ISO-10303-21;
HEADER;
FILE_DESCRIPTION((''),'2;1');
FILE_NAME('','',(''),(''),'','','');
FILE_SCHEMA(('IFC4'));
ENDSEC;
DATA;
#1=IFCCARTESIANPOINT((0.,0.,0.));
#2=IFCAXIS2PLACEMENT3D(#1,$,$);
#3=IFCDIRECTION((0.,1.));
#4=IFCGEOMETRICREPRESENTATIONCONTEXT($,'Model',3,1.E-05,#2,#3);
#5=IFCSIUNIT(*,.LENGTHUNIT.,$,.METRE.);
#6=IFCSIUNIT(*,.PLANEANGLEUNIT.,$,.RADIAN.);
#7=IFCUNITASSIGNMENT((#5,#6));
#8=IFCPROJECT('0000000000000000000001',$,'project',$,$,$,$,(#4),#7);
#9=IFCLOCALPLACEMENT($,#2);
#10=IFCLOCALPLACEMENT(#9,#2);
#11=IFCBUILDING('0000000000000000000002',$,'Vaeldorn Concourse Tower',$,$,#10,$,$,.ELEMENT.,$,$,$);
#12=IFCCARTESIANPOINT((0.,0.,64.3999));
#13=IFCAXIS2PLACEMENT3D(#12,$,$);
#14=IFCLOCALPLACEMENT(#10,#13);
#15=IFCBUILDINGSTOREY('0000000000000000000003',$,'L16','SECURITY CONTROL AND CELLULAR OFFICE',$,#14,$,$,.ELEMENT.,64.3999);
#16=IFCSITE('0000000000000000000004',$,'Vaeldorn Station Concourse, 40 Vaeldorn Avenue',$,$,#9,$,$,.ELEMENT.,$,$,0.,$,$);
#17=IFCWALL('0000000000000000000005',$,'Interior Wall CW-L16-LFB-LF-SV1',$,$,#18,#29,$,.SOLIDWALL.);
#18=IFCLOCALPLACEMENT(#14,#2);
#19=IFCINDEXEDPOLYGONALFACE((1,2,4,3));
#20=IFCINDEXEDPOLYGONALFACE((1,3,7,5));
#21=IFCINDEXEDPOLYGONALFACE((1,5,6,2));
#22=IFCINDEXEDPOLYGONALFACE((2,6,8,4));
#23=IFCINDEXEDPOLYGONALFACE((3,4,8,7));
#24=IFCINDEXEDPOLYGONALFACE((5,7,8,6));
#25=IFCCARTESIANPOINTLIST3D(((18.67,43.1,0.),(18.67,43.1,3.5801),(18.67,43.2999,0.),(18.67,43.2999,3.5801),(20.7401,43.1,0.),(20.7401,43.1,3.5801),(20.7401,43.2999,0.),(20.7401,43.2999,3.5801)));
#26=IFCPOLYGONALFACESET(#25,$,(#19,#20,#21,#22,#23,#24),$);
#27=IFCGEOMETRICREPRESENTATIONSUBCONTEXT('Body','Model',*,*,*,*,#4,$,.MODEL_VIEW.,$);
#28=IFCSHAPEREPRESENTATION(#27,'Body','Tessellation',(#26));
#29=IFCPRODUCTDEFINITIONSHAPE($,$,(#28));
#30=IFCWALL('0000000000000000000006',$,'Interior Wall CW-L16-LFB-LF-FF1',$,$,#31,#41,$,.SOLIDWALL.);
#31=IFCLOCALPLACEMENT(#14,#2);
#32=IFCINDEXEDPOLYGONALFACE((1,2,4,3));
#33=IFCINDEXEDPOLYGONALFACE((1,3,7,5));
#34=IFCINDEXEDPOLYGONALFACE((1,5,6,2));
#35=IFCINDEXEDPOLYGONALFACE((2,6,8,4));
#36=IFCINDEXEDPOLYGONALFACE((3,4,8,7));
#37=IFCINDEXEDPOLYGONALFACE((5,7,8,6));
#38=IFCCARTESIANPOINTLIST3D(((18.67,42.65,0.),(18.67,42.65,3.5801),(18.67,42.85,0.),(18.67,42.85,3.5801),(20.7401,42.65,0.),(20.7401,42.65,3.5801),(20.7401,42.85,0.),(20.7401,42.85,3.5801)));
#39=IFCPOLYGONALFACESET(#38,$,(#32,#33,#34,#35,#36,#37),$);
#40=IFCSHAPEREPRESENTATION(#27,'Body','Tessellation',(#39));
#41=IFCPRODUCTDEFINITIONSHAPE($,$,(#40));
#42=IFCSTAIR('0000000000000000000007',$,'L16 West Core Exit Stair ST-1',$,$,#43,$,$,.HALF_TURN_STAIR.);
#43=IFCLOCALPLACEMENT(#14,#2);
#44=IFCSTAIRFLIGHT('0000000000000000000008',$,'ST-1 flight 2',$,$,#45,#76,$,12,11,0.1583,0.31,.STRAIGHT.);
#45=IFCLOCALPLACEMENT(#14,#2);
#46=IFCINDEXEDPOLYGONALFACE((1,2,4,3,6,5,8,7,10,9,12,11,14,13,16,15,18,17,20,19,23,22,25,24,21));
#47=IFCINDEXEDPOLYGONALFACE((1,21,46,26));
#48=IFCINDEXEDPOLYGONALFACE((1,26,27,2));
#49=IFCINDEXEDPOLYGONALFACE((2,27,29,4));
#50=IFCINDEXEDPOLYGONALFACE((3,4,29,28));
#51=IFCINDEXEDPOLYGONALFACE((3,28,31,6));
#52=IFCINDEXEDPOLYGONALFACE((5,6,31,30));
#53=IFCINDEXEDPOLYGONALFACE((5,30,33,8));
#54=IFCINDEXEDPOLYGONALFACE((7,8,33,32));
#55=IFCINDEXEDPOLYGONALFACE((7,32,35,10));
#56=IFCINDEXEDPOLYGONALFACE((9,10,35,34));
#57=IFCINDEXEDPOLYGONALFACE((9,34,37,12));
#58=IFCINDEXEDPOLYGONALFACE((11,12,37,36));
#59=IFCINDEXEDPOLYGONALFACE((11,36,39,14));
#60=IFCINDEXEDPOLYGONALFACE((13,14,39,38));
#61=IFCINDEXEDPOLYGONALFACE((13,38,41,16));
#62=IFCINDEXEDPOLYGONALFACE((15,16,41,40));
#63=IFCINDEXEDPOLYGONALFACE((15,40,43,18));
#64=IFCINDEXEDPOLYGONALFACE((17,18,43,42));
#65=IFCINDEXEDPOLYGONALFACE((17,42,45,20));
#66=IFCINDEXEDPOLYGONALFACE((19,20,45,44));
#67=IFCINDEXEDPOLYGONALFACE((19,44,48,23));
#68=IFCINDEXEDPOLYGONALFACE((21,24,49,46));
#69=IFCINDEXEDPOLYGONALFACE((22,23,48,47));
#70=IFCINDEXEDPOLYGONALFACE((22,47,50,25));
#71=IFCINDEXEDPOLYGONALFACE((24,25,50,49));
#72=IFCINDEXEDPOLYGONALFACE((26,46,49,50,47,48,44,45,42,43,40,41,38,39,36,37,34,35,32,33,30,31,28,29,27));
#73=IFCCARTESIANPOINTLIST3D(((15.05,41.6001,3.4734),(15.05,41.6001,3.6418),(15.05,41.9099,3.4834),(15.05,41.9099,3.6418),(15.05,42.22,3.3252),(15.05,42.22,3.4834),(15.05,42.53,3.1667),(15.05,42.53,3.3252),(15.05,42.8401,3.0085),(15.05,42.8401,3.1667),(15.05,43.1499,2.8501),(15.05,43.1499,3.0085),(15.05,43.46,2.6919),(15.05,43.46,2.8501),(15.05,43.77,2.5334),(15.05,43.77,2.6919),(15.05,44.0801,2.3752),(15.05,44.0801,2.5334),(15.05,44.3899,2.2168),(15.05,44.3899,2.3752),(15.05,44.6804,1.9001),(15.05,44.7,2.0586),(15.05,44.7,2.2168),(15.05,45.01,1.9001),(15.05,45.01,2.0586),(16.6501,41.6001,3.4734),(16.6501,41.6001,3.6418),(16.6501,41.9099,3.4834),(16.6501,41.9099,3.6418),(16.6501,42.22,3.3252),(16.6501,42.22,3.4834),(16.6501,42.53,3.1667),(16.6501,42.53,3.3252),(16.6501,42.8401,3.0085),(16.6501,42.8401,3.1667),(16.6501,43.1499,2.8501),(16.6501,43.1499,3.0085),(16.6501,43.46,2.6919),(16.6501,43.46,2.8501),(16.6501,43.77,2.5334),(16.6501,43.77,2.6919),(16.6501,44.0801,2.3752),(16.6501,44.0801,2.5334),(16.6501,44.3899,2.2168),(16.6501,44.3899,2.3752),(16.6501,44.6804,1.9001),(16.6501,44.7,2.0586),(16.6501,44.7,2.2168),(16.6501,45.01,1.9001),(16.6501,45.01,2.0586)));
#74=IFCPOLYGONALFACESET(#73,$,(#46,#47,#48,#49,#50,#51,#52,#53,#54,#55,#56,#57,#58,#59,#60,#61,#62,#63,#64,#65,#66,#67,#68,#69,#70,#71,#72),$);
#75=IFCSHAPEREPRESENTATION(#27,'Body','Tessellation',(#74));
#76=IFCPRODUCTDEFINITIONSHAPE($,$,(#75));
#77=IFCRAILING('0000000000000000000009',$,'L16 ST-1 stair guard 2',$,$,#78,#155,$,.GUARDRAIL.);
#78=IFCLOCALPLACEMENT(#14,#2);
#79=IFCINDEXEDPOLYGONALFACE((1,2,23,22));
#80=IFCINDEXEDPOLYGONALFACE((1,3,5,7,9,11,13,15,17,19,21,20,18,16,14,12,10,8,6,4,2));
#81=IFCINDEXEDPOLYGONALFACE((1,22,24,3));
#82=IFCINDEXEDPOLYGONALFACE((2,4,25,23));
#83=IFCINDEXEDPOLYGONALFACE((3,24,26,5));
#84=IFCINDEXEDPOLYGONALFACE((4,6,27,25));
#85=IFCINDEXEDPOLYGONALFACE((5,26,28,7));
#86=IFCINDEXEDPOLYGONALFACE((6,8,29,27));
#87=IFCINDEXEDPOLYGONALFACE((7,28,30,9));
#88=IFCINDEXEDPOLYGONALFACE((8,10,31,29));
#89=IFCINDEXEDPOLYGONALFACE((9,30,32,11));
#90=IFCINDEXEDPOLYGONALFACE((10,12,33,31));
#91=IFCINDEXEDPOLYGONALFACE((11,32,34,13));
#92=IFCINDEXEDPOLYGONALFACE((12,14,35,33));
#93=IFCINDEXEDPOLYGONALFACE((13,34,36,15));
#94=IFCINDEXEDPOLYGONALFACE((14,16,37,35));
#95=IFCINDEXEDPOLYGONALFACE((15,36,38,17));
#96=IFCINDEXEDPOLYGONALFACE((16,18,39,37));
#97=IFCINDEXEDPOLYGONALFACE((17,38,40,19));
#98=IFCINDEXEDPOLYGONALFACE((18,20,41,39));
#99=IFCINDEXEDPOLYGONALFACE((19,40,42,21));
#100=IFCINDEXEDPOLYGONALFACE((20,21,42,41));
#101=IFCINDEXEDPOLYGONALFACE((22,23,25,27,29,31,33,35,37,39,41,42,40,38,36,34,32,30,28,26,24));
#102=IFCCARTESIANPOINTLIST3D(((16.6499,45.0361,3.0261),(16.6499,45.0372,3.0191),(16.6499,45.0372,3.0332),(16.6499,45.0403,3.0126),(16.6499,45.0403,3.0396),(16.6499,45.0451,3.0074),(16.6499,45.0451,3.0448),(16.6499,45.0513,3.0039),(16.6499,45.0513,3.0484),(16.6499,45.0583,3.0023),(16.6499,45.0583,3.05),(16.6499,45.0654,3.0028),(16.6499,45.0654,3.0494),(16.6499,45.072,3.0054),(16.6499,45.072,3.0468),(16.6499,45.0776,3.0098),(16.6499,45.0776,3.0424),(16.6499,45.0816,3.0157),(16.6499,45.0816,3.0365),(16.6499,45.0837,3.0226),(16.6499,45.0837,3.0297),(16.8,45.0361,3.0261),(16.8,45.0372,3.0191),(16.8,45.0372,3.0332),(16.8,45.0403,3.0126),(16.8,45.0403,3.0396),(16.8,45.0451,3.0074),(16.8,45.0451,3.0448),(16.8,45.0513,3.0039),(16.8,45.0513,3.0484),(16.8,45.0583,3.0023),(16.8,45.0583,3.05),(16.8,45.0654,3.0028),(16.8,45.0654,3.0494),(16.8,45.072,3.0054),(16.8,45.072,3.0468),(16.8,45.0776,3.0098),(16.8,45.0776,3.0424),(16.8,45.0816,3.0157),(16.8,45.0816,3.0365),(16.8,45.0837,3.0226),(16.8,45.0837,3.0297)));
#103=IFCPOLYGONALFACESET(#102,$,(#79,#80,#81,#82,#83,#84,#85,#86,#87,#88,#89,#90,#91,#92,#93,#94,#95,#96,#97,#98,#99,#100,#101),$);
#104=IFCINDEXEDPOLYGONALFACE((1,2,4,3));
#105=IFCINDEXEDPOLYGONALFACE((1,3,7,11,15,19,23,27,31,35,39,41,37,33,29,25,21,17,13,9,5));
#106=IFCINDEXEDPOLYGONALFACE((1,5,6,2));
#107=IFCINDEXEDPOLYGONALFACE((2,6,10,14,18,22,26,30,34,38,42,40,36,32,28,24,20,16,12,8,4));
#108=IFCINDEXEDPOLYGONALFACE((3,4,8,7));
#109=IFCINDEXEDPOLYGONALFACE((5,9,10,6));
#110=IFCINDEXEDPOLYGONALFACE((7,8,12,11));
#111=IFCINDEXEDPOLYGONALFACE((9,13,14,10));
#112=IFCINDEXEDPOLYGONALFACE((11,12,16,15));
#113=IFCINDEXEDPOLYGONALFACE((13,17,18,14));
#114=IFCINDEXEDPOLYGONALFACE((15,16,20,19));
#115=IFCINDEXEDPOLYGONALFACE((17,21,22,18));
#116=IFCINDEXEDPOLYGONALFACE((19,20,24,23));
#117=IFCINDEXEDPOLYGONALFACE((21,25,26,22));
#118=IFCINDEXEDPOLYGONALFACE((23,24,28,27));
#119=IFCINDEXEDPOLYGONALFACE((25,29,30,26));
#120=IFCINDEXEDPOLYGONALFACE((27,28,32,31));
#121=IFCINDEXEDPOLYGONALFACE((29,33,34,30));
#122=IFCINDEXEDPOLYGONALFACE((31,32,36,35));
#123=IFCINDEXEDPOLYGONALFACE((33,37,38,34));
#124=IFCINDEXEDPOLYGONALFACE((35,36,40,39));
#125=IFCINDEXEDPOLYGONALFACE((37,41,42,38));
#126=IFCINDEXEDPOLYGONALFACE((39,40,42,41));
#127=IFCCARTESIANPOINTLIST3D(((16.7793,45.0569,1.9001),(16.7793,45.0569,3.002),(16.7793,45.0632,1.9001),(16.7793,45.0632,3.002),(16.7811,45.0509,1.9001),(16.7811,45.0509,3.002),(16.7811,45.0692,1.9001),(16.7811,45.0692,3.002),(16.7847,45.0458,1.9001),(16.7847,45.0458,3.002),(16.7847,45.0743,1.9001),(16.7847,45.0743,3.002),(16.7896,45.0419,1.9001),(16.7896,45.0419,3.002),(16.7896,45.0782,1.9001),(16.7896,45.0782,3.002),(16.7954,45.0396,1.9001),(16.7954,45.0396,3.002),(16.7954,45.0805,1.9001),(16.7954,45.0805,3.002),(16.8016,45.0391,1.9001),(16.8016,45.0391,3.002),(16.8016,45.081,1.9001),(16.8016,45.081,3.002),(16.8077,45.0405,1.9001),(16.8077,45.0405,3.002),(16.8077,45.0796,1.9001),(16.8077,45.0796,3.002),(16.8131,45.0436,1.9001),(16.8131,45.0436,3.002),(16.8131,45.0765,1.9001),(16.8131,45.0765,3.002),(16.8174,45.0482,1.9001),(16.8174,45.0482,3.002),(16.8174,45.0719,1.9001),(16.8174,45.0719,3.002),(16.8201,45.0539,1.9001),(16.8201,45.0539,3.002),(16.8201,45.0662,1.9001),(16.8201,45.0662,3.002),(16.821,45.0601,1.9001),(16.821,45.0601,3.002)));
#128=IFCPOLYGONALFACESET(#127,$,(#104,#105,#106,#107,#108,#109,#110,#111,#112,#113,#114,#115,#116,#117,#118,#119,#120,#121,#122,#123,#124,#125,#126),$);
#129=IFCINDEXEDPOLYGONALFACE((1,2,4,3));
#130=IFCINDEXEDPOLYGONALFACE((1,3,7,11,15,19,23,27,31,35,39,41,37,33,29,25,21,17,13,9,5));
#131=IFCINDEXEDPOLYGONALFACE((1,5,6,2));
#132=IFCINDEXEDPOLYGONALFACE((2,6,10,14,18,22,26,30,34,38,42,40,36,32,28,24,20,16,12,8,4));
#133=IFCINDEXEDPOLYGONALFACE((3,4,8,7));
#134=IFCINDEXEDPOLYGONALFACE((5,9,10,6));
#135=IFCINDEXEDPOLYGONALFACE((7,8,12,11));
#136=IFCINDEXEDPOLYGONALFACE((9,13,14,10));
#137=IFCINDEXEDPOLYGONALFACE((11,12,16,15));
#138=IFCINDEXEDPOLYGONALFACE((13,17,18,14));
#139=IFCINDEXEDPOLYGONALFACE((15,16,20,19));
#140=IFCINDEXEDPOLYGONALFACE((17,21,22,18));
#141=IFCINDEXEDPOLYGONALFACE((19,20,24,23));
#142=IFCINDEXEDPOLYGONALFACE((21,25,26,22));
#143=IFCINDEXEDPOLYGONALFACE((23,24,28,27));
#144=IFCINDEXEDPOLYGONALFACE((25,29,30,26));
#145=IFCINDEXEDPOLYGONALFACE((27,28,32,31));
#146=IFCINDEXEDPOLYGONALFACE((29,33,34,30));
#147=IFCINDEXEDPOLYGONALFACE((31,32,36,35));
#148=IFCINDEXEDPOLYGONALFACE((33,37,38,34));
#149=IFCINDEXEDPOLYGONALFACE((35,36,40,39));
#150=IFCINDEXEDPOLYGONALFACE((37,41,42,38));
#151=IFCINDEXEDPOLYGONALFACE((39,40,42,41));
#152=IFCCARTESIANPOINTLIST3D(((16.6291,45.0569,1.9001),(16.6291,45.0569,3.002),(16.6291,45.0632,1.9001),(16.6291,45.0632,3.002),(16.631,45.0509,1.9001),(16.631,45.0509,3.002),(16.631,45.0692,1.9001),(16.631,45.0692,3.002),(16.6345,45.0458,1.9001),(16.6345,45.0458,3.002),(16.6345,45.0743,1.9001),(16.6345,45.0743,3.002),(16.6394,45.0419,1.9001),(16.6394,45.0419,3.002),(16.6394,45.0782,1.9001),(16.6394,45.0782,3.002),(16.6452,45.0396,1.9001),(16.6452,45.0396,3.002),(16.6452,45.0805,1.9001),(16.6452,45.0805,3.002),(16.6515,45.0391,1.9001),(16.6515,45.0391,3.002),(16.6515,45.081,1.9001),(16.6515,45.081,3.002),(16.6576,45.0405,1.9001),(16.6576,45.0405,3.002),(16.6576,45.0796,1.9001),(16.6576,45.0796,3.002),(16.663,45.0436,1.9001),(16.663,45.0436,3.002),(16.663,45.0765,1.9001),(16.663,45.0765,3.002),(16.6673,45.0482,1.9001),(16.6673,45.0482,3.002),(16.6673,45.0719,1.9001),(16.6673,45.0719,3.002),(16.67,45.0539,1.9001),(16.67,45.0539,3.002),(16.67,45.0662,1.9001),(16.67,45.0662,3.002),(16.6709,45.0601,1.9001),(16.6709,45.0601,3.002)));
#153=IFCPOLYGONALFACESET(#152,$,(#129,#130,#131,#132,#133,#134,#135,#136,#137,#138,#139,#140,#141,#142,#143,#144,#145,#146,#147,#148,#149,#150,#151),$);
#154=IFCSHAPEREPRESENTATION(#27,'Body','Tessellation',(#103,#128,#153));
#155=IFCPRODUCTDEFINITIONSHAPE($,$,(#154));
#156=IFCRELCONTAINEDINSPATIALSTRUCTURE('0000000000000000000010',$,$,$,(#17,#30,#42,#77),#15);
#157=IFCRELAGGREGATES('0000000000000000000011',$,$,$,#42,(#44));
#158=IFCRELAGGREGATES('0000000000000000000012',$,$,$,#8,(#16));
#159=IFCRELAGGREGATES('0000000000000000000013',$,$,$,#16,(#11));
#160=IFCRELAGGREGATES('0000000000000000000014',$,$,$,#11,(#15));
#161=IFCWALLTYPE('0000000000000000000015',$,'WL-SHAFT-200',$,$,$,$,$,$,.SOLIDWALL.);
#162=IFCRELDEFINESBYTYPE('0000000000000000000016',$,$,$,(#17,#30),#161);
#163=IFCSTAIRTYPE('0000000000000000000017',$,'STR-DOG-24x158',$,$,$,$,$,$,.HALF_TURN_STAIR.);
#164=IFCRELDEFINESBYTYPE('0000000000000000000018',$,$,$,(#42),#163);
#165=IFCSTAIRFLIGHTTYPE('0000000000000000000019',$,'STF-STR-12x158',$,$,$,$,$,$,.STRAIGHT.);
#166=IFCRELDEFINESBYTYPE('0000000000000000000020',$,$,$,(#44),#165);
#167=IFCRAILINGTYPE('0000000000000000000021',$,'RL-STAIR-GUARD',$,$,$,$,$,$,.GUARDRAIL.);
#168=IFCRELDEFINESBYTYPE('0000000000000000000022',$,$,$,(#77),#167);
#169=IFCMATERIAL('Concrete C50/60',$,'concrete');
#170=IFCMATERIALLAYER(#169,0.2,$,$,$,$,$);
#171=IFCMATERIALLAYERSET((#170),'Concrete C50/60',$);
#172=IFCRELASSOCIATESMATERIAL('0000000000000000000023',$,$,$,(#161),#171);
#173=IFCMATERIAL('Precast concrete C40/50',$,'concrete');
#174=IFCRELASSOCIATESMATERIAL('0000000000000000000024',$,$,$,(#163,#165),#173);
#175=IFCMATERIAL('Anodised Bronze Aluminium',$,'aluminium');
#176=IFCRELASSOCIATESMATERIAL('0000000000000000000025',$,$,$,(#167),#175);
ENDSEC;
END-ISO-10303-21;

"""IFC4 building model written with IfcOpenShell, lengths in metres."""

from ifc_helpers import new_model, si_unit, direction, frame, frame_2d, origin, origin_2d, place, context, subcontext, project, spatial, polyline, rectangle, circle, outline, extrude, material, layer, layer_set, type_object, element, aggregate, save


model = new_model("IFC4")

# Units and contexts
model_context = context("Model", 3, precision=1e-05, world=origin(), true_north=direction((0.0, 1.0)))
body_context = subcontext(model_context, "Body", "Model", "MODEL_VIEW")
ifc_project = project(units=[si_unit("LENGTHUNIT", "METRE"), si_unit("PLANEANGLEUNIT", "RADIAN")], contexts=[model_context])

# Site, building, storey
site_placement = place(None, origin())
site = spatial("IfcSite", under=ifc_project, at=site_placement, Name="Vaeldorn Station Concourse, 40 Vaeldorn Avenue", CompositionType="ELEMENT", RefElevation=0.0)
building_placement = place(site_placement, origin())
building = spatial("IfcBuilding", under=site, at=building_placement, Name="Vaeldorn Concourse Tower", CompositionType="ELEMENT")
storey_placement = place(building_placement, frame((0.0, 0.0, 64.3999)))
storey = spatial("IfcBuildingStorey", under=building, at=storey_placement, Name="L16", Description="SECURITY CONTROL AND CELLULAR OFFICE", CompositionType="ELEMENT", Elevation=64.3999)

# Shared definitions
ifc_material_1 = material(Name="Concrete C50/60", Category="concrete")
ifc_layer_1 = layer(ifc_material_1, 0.2)
ifc_layer_set_1 = layer_set([ifc_layer_1], Name="Concrete C50/60")
wall_type_1 = type_object("IfcWallType", Name="WL-SHAFT-200", PredefinedType="SOLIDWALL", material=ifc_layer_set_1)

# Shared definitions
ifc_material_2 = material(Name="Anodised Bronze Aluminium", Category="aluminium")

# Walls
for number, where, z_axis, x_axis, name in (
    (1, (18.6699, 43.2, 0.0), (0.0, 0.0, 1.0), (1.0, 0.0, 0.0), "Interior Wall CW-L16-LFB-LF-SV1"),
    (2, (18.6699, 42.75, 0.0), (0.0, 0.0, 1.0), (1.0, 0.0, 0.0), "Interior Wall CW-L16-LFB-LF-FF1"),
):
    element("IfcWall", number, at=place(storey_placement, frame(where, z_axis=z_axis, x_axis=x_axis)), inside=storey, type_object=wall_type_1, Name=name, PredefinedType="SOLIDWALL", context=body_context, shape_type="SweptSolid", body=[
        extrude(rectangle(XDim=2.0701, YDim=0.2, at=frame_2d((1.0352, 0.0))), origin(), (0.0, 0.0, 1.0), 3.5801),
    ])

# Stair, stair flight
ifc_material_3 = material(Name="Precast concrete C40/50", Category="concrete")
stair_type = type_object("IfcStairType", Name="STR-DOG-24x158", PredefinedType="HALF_TURN_STAIR", material=ifc_material_3)
stair_placement = place(storey_placement, origin())
stair = element("IfcStair", 3, at=stair_placement, inside=storey, type_object=stair_type, Name="L16 West Core Exit Stair ST-1", PredefinedType="HALF_TURN_STAIR")
stair_flight_type = type_object("IfcStairFlightType", Name="STF-STR-12x158", PredefinedType="STRAIGHT", material=ifc_material_3)
stair_flight_placement = place(storey_placement, frame((15.8501, 45.01, 1.9001), z_axis=(0.0, 0.0, 1.0), x_axis=(0.0, -1.0, 0.0)))
stair_flight = element("IfcStairFlight", 4, at=stair_flight_placement, type_object=stair_flight_type, Name="ST-1 flight 2", NumberOfRisers=12, NumberOfTreads=11, PredefinedType="STRAIGHT", RiserHeight=0.1583, TreadLength=0.31, context=body_context, shape_type="SweptSolid", body=[
    extrude(outline(polyline([(0.0, 0.0), (0.0, 0.1584), (0.3101, 0.1584), (0.3101, 0.3167), (0.6201, 0.3167), (0.6201, 0.4751), (0.9299, 0.4751), (0.9299, 0.6333), (1.24, 0.6333), (1.24, 0.7917), (1.55, 0.7917), (1.55, 0.95), (1.8601, 0.95), (1.8601, 1.1084), (2.1699, 1.1084), (2.1699, 1.2666), (2.48, 1.2666), (2.48, 1.425), (2.79, 1.425), (2.79, 1.5833), (3.1001, 1.5833), (3.1001, 1.7417), (3.4099, 1.7417), (3.4099, 1.8999), (3.4099, 1.5732), (0.3296, 0.0), (0.0, 0.0)])), frame((0.0, 0.8, 0.0), z_axis=(0.0, -1.0, 0.0), x_axis=(1.0, 0.0, 0.0)), (0.0, 0.0, 1.0), 1.6001),
])
aggregate(stair, [stair_flight])

# Railing
railing_type_1 = type_object("IfcRailingType", Name="RL-STAIR-GUARD", PredefinedType="GUARDRAIL", material=ifc_material_2)
railing_1_placement = place(storey_placement, frame((16.8, 45.0601, 1.9001)))
element("IfcRailing", 5, at=railing_1_placement, inside=storey, type_object=railing_type_1, Name="L16 ST-1 stair guard 2", PredefinedType="GUARDRAIL", context=body_context, shape_type="SweptSolid", body=[
    extrude(circle(Radius=0.0239, at=origin_2d()), frame((0.0, 0.0, 1.126), z_axis=(-1.0, 0.0, 0.0), x_axis=(0.0, -1.0, 0.0)), (0.0, 0.0, 1.0), 0.1501),
    extrude(circle(Radius=0.021, at=origin_2d()), origin(), (0.0, 0.0, 1.0), 1.1018),
    extrude(circle(Radius=0.021, at=origin_2d()), frame((-0.1501, 0.0, 0.0)), (0.0, 0.0, 1.0), 1.1018),
])

save(model, "model.ifc")
